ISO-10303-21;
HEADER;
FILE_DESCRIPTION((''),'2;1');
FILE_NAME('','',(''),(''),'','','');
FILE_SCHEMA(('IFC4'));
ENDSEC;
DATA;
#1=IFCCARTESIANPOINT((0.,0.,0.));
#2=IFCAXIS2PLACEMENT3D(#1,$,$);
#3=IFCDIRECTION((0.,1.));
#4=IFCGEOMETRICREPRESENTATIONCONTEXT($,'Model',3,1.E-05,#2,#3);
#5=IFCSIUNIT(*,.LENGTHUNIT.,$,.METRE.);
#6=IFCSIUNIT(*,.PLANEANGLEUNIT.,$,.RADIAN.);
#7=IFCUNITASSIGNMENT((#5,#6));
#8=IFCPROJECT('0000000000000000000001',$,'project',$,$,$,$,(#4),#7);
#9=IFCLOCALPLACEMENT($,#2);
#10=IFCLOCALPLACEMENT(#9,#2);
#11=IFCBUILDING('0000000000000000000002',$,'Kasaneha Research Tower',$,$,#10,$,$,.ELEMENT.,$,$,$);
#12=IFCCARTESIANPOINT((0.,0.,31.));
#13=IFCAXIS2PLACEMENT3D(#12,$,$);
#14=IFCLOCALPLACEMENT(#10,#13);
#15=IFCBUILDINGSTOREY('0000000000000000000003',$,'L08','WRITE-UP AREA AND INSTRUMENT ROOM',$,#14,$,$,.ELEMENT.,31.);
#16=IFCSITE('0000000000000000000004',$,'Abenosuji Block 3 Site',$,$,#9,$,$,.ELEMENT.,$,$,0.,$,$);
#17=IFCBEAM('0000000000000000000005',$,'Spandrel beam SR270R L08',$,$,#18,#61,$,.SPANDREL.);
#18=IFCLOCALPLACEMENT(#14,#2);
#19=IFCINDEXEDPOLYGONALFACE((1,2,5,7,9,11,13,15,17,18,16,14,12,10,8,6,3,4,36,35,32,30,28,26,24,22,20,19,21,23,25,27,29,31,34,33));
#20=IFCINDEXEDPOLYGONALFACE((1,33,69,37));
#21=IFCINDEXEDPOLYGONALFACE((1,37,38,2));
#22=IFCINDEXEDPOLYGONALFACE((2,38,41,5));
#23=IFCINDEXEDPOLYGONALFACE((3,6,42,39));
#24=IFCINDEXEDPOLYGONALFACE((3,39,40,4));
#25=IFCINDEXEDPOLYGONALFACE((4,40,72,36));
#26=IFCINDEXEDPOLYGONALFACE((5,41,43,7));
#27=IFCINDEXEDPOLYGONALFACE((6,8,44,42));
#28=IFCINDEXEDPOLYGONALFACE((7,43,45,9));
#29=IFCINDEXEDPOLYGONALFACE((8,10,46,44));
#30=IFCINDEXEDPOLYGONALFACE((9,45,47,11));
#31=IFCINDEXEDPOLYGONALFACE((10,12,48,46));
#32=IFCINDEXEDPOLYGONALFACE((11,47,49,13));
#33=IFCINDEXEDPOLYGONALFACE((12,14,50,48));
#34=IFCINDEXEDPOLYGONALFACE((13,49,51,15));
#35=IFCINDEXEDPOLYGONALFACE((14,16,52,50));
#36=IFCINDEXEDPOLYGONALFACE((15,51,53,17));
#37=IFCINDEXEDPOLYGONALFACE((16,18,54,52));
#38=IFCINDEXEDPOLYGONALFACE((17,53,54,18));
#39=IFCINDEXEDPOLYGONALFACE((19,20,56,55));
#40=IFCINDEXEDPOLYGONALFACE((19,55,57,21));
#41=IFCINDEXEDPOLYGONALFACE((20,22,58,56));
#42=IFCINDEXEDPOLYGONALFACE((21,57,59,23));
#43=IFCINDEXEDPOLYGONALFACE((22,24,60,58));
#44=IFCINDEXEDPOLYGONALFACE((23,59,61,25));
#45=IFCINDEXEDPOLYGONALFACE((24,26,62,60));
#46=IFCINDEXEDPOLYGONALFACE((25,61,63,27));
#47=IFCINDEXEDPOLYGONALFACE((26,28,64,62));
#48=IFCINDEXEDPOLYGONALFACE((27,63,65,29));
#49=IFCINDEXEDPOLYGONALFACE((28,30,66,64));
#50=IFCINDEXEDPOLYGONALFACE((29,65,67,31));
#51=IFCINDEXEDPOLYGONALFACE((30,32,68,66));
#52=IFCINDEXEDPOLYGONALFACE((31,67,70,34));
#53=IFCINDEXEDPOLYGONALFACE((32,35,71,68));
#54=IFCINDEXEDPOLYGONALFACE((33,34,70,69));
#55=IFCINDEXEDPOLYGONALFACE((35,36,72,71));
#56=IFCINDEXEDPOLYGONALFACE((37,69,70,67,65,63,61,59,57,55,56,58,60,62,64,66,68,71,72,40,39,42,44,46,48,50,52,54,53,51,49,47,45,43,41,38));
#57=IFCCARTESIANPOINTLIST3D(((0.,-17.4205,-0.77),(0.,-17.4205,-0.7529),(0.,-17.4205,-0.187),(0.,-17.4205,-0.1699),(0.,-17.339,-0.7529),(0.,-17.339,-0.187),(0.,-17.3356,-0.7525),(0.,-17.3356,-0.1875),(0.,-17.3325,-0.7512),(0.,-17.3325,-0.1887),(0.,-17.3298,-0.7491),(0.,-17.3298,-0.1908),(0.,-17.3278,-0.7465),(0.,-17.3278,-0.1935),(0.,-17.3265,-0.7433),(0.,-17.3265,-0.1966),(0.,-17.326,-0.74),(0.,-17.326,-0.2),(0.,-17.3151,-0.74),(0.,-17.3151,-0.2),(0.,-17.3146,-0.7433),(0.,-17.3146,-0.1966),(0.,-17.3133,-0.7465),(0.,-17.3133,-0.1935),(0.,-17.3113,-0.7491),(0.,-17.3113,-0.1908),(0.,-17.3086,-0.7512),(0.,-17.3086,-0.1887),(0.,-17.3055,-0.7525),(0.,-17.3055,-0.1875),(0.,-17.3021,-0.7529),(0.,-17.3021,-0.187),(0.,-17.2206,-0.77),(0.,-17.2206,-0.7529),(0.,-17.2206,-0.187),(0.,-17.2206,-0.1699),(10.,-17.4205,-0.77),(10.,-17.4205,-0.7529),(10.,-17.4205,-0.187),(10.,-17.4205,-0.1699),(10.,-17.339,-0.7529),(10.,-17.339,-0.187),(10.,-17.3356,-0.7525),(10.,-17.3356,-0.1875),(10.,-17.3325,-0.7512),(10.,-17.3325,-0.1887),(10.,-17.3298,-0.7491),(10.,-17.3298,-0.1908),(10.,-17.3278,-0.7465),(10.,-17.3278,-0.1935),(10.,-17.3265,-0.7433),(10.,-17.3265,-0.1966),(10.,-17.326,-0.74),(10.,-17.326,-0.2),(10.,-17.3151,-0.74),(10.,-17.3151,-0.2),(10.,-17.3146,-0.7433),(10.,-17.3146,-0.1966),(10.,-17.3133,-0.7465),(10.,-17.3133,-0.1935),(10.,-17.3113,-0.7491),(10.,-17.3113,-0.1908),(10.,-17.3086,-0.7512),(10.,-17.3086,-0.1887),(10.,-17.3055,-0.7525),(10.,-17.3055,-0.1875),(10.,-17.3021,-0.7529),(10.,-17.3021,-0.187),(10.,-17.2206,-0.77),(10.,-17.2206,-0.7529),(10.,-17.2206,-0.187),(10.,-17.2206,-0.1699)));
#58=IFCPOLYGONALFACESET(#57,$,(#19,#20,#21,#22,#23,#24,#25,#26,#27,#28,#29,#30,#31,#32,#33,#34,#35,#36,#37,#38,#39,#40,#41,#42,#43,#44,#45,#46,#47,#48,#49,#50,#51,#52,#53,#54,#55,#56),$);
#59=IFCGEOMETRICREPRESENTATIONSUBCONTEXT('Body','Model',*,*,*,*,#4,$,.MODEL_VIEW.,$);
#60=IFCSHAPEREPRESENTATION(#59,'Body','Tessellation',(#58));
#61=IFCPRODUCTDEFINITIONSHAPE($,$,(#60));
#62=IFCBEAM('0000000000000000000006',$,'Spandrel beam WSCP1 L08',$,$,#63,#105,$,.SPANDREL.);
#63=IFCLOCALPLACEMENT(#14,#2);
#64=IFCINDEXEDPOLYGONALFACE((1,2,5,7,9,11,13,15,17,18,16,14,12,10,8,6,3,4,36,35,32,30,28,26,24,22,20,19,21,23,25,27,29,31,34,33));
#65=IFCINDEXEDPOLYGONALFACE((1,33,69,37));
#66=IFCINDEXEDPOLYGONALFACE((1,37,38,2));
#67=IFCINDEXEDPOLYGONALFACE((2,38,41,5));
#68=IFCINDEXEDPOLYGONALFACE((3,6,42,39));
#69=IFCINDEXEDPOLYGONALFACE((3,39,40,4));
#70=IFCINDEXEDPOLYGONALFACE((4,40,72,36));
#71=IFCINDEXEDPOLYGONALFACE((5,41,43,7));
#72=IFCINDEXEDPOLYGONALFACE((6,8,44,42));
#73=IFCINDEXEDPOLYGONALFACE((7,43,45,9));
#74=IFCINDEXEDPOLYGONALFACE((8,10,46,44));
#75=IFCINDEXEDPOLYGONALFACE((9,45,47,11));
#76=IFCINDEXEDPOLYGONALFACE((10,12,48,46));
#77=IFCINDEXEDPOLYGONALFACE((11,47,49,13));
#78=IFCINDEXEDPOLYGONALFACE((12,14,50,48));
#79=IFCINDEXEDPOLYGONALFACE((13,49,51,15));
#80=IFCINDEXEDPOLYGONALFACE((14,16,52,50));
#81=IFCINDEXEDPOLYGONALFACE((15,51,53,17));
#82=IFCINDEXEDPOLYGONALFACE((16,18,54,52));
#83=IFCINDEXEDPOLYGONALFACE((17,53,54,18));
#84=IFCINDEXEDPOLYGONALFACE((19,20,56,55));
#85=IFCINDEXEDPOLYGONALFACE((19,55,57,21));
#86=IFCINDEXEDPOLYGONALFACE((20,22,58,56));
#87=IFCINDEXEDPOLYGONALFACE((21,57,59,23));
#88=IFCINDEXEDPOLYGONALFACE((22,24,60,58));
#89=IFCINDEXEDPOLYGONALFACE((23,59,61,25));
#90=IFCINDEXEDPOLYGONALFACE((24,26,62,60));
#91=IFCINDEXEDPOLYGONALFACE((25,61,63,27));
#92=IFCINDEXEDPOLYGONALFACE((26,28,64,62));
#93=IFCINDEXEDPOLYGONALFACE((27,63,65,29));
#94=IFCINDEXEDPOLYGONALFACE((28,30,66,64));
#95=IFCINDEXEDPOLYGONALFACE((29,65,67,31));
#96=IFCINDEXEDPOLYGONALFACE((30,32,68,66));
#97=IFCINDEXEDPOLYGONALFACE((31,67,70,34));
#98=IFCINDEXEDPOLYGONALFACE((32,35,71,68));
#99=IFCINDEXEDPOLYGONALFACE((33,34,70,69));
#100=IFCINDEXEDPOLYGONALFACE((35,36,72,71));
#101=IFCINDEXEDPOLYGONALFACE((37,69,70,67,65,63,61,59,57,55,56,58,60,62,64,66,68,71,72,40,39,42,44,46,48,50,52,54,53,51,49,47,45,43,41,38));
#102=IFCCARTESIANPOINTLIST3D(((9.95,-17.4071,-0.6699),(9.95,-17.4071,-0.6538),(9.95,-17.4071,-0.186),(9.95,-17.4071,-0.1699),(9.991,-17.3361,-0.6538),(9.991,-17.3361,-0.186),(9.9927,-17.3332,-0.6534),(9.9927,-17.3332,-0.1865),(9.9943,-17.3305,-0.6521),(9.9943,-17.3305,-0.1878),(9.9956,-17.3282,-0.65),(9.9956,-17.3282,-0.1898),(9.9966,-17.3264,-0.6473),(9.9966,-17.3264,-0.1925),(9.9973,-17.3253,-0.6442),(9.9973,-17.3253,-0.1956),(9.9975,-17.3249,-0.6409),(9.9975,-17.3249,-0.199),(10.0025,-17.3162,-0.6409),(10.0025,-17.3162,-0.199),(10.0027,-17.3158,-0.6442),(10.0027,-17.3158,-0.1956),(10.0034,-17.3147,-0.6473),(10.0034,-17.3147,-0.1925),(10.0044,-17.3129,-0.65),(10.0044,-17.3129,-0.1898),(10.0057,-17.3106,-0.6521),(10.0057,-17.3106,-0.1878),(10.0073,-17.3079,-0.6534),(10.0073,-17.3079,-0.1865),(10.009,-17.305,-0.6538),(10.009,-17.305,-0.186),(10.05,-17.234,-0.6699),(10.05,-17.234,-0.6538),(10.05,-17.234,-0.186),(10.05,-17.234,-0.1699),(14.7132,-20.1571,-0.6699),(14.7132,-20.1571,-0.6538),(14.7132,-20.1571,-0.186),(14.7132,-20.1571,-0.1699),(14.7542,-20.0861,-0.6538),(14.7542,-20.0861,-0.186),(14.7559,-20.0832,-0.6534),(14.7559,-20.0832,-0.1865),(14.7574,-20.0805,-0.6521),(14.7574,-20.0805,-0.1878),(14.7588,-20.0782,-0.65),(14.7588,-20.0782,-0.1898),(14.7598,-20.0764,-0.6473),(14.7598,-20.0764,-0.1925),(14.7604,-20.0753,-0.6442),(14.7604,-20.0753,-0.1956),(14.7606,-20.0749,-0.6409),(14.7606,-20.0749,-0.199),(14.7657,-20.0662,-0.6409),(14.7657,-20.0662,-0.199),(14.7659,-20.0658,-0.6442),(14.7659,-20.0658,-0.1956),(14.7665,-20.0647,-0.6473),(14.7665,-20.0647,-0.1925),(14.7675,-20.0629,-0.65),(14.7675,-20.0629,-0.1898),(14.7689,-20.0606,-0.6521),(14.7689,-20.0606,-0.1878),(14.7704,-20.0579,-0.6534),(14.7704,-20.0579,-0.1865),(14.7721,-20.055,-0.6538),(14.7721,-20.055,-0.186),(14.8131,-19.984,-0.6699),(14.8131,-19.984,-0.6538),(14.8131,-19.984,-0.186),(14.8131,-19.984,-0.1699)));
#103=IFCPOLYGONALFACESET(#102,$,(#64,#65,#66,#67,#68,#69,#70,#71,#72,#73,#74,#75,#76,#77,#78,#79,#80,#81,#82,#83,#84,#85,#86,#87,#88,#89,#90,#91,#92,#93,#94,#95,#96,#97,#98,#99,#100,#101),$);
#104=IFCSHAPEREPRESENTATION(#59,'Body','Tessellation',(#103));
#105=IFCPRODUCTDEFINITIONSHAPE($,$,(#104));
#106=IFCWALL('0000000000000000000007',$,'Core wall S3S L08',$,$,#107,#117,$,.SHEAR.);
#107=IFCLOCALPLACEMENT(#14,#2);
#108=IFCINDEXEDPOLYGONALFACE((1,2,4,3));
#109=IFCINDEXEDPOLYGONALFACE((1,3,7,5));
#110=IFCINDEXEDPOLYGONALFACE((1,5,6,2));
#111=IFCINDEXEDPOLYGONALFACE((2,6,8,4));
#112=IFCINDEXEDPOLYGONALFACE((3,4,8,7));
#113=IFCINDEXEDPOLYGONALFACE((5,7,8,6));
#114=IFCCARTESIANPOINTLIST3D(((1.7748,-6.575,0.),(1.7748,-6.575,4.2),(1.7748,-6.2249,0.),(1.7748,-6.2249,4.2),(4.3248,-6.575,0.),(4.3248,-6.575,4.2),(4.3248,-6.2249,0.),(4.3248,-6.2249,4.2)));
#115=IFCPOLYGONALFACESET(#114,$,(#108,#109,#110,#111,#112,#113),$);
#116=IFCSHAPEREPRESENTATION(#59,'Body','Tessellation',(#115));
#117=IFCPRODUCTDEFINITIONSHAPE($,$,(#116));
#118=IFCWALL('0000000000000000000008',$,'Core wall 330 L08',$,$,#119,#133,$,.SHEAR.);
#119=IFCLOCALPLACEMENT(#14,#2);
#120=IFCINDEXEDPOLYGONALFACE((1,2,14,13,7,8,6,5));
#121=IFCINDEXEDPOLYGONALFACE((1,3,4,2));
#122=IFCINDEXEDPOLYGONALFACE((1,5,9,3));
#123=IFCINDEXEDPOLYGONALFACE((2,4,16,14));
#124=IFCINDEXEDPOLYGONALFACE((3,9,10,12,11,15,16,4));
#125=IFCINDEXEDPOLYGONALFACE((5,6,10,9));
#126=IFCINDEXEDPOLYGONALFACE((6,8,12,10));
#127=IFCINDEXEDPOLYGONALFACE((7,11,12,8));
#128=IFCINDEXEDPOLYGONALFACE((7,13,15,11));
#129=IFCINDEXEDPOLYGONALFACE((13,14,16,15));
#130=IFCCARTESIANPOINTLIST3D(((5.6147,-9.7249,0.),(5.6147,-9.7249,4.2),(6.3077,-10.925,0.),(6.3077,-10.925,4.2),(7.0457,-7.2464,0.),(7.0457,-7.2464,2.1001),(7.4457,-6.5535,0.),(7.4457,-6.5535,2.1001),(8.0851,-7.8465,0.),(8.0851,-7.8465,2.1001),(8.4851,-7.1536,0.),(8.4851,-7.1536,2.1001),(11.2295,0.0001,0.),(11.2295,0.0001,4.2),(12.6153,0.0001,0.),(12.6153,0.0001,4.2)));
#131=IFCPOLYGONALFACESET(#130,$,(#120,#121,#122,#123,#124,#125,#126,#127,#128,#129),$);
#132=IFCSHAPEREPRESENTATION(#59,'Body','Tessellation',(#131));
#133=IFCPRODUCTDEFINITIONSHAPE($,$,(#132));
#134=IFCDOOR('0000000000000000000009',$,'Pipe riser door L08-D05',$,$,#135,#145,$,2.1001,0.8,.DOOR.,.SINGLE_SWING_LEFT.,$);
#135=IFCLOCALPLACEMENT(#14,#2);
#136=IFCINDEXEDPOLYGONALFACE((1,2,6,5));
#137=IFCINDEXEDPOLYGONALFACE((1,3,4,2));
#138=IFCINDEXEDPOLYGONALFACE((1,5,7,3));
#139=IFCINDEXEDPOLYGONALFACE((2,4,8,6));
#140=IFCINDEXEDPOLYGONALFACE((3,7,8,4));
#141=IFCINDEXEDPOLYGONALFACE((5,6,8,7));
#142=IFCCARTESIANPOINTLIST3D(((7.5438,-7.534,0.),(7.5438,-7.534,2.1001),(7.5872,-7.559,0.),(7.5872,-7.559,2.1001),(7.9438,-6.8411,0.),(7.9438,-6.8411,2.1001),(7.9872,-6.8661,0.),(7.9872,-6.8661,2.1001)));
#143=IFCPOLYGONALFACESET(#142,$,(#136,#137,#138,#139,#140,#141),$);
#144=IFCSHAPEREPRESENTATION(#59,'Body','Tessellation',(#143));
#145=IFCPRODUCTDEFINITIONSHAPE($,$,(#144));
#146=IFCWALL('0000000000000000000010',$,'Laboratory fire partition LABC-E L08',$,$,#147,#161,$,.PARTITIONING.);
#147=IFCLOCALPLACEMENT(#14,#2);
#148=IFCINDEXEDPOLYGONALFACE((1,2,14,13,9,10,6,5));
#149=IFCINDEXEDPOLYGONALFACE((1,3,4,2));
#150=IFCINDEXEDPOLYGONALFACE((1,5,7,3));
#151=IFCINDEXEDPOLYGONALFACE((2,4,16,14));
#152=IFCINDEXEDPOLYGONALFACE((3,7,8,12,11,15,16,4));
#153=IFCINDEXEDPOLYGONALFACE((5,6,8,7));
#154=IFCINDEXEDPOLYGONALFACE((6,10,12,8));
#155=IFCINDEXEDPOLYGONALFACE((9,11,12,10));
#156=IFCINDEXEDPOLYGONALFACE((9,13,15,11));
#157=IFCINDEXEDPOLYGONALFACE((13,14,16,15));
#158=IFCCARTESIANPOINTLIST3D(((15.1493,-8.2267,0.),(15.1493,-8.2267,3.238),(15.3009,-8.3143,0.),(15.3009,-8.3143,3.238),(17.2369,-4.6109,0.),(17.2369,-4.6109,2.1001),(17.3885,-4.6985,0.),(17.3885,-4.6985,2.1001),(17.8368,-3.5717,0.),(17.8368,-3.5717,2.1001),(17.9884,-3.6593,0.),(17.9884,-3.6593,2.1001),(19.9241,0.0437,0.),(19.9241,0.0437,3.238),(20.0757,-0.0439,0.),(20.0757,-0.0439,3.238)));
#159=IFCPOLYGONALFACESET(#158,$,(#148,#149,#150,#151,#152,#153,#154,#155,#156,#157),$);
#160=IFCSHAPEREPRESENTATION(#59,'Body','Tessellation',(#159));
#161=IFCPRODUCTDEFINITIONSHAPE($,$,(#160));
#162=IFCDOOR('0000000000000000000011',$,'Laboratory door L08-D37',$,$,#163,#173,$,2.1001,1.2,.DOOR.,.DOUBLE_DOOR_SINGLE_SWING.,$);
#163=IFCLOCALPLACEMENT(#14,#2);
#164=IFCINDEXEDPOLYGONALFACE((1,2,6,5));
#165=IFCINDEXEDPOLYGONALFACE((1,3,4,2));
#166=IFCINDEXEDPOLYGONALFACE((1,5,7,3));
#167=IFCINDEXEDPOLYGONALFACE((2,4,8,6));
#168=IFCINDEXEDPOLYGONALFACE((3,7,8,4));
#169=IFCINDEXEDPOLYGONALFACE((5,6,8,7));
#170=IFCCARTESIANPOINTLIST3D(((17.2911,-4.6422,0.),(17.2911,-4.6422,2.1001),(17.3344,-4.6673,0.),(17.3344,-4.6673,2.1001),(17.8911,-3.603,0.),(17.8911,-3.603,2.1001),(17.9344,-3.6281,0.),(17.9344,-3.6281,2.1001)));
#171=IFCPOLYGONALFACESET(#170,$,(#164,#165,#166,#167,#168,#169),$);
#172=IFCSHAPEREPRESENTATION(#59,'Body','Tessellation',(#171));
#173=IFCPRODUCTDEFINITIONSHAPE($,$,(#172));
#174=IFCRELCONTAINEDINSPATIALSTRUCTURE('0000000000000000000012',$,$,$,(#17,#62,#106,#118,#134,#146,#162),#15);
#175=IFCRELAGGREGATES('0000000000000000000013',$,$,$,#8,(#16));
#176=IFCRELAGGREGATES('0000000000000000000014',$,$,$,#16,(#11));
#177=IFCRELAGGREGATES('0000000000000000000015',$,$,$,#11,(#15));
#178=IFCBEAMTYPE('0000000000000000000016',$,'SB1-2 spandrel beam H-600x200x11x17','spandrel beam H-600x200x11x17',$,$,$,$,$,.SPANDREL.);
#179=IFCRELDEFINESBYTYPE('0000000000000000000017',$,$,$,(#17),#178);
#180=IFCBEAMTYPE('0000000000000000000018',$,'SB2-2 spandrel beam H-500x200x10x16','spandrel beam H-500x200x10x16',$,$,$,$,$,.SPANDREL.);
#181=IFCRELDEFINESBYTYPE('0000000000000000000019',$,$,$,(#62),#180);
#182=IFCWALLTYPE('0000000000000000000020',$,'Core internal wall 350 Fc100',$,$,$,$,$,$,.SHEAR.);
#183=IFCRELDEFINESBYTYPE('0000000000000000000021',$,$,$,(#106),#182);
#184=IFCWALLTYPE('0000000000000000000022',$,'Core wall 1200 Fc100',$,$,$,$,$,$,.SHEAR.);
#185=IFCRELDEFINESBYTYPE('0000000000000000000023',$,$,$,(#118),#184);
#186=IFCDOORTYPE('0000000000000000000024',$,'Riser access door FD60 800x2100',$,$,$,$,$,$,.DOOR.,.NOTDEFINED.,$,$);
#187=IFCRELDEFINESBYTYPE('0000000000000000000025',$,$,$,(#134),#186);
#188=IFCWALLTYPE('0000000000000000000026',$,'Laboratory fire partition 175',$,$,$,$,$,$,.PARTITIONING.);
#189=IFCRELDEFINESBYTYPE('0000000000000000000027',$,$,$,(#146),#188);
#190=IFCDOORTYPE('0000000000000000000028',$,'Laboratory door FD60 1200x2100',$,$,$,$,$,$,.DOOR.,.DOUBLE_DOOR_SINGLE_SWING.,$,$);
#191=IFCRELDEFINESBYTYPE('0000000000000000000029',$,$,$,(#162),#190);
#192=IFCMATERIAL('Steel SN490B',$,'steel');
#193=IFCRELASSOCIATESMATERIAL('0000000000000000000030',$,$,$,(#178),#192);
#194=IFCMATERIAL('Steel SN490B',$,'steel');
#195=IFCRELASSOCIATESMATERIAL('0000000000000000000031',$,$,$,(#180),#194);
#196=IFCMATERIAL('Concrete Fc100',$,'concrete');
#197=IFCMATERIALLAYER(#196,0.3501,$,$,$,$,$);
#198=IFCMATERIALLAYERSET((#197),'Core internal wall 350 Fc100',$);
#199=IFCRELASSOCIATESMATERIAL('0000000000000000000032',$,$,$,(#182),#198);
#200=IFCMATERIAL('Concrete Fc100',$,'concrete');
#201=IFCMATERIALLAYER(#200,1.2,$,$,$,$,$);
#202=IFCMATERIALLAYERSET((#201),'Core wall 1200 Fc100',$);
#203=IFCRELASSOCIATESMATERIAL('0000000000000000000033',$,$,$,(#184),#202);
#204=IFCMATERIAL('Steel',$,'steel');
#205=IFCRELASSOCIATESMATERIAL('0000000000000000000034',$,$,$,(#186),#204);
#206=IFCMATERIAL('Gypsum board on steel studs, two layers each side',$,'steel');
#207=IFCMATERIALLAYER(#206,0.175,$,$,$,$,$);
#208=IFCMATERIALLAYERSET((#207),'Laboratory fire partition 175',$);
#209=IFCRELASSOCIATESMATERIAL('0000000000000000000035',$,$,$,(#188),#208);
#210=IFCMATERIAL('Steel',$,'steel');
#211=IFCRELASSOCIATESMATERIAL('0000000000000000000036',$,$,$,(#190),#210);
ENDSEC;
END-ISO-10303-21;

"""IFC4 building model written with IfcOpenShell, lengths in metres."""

from ifc_helpers import new_model, si_unit, direction, frame, frame_2d, origin, origin_2d, place, context, subcontext, project, spatial, polyline, rectangle, i_section, outline, extrude, material, layer, layer_set, material_profile, profile_set, type_object, element, fill, save


model = new_model("IFC4")

# Units and contexts
model_context = context("Model", 3, precision=1e-05, world=origin(), true_north=direction((0.0, 1.0)))
body_context = subcontext(model_context, "Body", "Model", "MODEL_VIEW")
ifc_project = project(units=[si_unit("LENGTHUNIT", "METRE"), si_unit("PLANEANGLEUNIT", "RADIAN")], contexts=[model_context])

# Site, building, storey
site_placement = place(None, origin())
site = spatial("IfcSite", under=ifc_project, at=site_placement, Name="Abenosuji Block 3 Site", CompositionType="ELEMENT", RefElevation=0.0)
building_placement = place(site_placement, origin())
building = spatial("IfcBuilding", under=site, at=building_placement, Name="Kasaneha Research Tower", CompositionType="ELEMENT")
storey_placement = place(building_placement, frame((0.0, 0.0, 31.0)))
storey = spatial("IfcBuildingStorey", under=building, at=storey_placement, Name="L08", Description="WRITE-UP AREA AND INSTRUMENT ROOM", CompositionType="ELEMENT", Elevation=31.0)

# Beams
ifc_material_1 = material(Name="Steel SN490B", Category="steel")
ifc_material_profile_1 = material_profile(ifc_material_1, i_section(OverallWidth=0.2, OverallDepth=0.6001, WebThickness=0.011, FlangeThickness=0.0171, FilletRadius=0.0129, at=origin_2d()), Name="H-600x200x11x17")
ifc_profile_set_1 = profile_set([ifc_material_profile_1], Name="Steel SN490B")
beam_type_1 = type_object("IfcBeamType", Name="SB1-2 spandrel beam H-600x200x11x17", Description="spandrel beam H-600x200x11x17", PredefinedType="SPANDREL", material=ifc_profile_set_1)
beam_1_placement = place(storey_placement, frame((10.0, -17.3206, -0.47), z_axis=(-1.0, 0.0, 0.0), x_axis=(0.0, -1.0, 0.0)))
element("IfcBeam", 1, at=beam_1_placement, inside=storey, type_object=beam_type_1, Name="Spandrel beam SR270R L08", PredefinedType="SPANDREL", context=body_context, shape_type="SweptSolid", body=[
    extrude(i_section(OverallWidth=0.2, OverallDepth=0.6001, WebThickness=0.011, FlangeThickness=0.0171, FilletRadius=0.0129, at=origin_2d()), origin(), (0.0, 0.0, 1.0), 10.0),
])
ifc_material_2 = material(Name="Steel SN490B", Category="steel")
ifc_material_profile_2 = material_profile(ifc_material_2, i_section(OverallWidth=0.2, OverallDepth=0.5, WebThickness=0.01, FlangeThickness=0.0161, FilletRadius=0.0129, at=origin_2d()), Name="H-500x200x10x16")
ifc_profile_set_2 = profile_set([ifc_material_profile_2], Name="Steel SN490B")
beam_type_2 = type_object("IfcBeamType", Name="SB2-2 spandrel beam H-500x200x10x16", Description="spandrel beam H-500x200x10x16", PredefinedType="SPANDREL", material=ifc_profile_set_2)
beam_2_placement = place(storey_placement, frame((10.0, -17.3206, -0.4199), z_axis=(0.866027, -0.499997, 0.0), x_axis=(0.499997, 0.866027, 0.0)))
element("IfcBeam", 2, at=beam_2_placement, inside=storey, type_object=beam_type_2, Name="Spandrel beam WSCP1 L08", PredefinedType="SPANDREL", context=body_context, shape_type="SweptSolid", body=[
    extrude(i_section(OverallWidth=0.2, OverallDepth=0.5, WebThickness=0.01, FlangeThickness=0.0161, FilletRadius=0.0129, at=origin_2d()), origin(), (0.0, 0.0, 1.0), 5.5),
])

# Wall
ifc_material_3 = material(Name="Concrete Fc100", Category="concrete")
ifc_layer_1 = layer(ifc_material_3, 0.3501)
ifc_layer_set_1 = layer_set([ifc_layer_1], Name="Core internal wall 350 Fc100")
wall_type_1 = type_object("IfcWallType", Name="Core internal wall 350 Fc100", PredefinedType="SHEAR", material=ifc_layer_set_1)
wall_1_placement = place(storey_placement, frame((1.7749, -6.3999, 0.0), z_axis=(0.0, 0.0, 1.0), x_axis=(1.0, 0.0, 0.0)))
element("IfcWall", 3, at=wall_1_placement, inside=storey, type_object=wall_type_1, Name="Core wall S3S L08", PredefinedType="SHEAR", context=body_context, shape_type="SweptSolid", body=[
    extrude(rectangle(XDim=2.55, YDim=0.3501, at=frame_2d((1.2749, 0.0))), origin(), (0.0, 0.0, 1.0), 4.2),
])

# Walls, openings, doors
ifc_material_4 = material(Name="Concrete Fc100", Category="concrete")
ifc_layer_2 = layer(ifc_material_4, 1.2)
ifc_layer_set_2 = layer_set([ifc_layer_2], Name="Core wall 1200 Fc100")
wall_type_2 = type_object("IfcWallType", Name="Core wall 1200 Fc100", PredefinedType="SHEAR", material=ifc_layer_set_2)
wall_2_placement = place(storey_placement, frame((5.9612, -10.325, 0.0), z_axis=(0.0, 0.0, 1.0), x_axis=(0.500004, 0.866023, 0.0)))
wall_2 = element("IfcWall", 4, at=wall_2_placement, inside=storey, type_object=wall_type_2, Name="Core wall 330 L08", PredefinedType="SHEAR", context=body_context, shape_type="SweptSolid", body=[
    extrude(outline(polyline([(-0.3464, -0.6001), (3.2085, -0.6001), (4.0085, -0.6001), (12.2688, -0.6001), (11.5759, 0.6001), (4.0085, 0.6001), (3.2085, 0.6001), (0.3464, 0.6001), (-0.3464, -0.6001)])), origin(), (0.0, 0.0, 1.0), 4.2),
])
opening_1_placement = place(wall_2_placement, frame((3.2085, 0.0, 0.0)))
opening_1 = element("IfcOpeningElement", 5, at=opening_1_placement, cuts=wall_2, PredefinedType="OPENING", context=body_context, shape_type="SweptSolid", body=[
    extrude(rectangle(XDim=0.8, YDim=2.1001, at=frame_2d((0.3999, 1.05))), frame((0.0, 0.6099, 0.0), z_axis=(0.0, -1.0, 0.0), x_axis=(1.0, 0.0, 0.0)), (0.0, 0.0, 1.0), 1.22),
])
ifc_material_5 = material(Name="Steel", Category="steel")
door_type_1 = type_object("IfcDoorType", Name="Riser access door FD60 800x2100", OperationType="NOTDEFINED", PredefinedType="DOOR", material=ifc_material_5)
door_1_placement = place(opening_1_placement, origin())
door_1 = element("IfcDoor", 6, at=door_1_placement, inside=storey, type_object=door_type_1, Name="Pipe riser door L08-D05", OperationType="SINGLE_SWING_LEFT", OverallHeight=2.1001, OverallWidth=0.8, PredefinedType="DOOR", context=body_context, shape_type="SweptSolid", body=[
    extrude(rectangle(XDim=0.8, YDim=2.1001, at=frame_2d((0.3999, 1.05))), frame((0.0, 0.0249, 0.0), z_axis=(0.0, -1.0, 0.0), x_axis=(1.0, 0.0, 0.0)), (0.0, 0.0, 1.0), 0.05),
])
fill(opening_1, door_1)
ifc_material_6 = material(Name="Gypsum board on steel studs, two layers each side", Category="steel")
ifc_layer_3 = layer(ifc_material_6, 0.175)
ifc_layer_set_3 = layer_set([ifc_layer_3], Name="Laboratory fire partition 175")
wall_type_3 = type_object("IfcWallType", Name="Laboratory fire partition 175", PredefinedType="PARTITIONING", material=ifc_layer_set_3)
wall_3_placement = place(storey_placement, frame((15.2251, -8.2705, 0.0), z_axis=(0.0, 0.0, 1.0), x_axis=(0.499994, 0.866029, 0.0)))
wall_3 = element("IfcWall", 7, at=wall_3_placement, inside=storey, type_object=wall_type_3, Name="Laboratory fire partition LABC-E L08", PredefinedType="PARTITIONING", context=body_context, shape_type="SweptSolid", body=[
    extrude(rectangle(XDim=9.5498, YDim=0.175, at=frame_2d((4.7749, 0.0))), origin(), (0.0, 0.0, 1.0), 3.238),
])
opening_2_placement = place(wall_3_placement, frame((4.175, 0.0, 0.0)))
opening_2 = element("IfcOpeningElement", 8, at=opening_2_placement, cuts=wall_3, PredefinedType="OPENING", context=body_context, shape_type="SweptSolid", body=[
    extrude(rectangle(XDim=1.2, YDim=2.1001, at=frame_2d((0.6001, 1.05))), frame((0.0, 0.0977, 0.0), z_axis=(0.0, -1.0, 0.0), x_axis=(1.0, 0.0, 0.0)), (0.0, 0.0, 1.0), 0.1951),
])
ifc_material_7 = material(Name="Steel", Category="steel")
door_type_2 = type_object("IfcDoorType", Name="Laboratory door FD60 1200x2100", OperationType="DOUBLE_DOOR_SINGLE_SWING", PredefinedType="DOOR", material=ifc_material_7)
door_2_placement = place(opening_2_placement, origin())
door_2 = element("IfcDoor", 9, at=door_2_placement, inside=storey, type_object=door_type_2, Name="Laboratory door L08-D37", OperationType="DOUBLE_DOOR_SINGLE_SWING", OverallHeight=2.1001, OverallWidth=1.2, PredefinedType="DOOR", context=body_context, shape_type="SweptSolid", body=[
    extrude(rectangle(XDim=1.2, YDim=2.1001, at=frame_2d((0.6001, 1.05))), frame((0.0, 0.0249, 0.0), z_axis=(0.0, -1.0, 0.0), x_axis=(1.0, 0.0, 0.0)), (0.0, 0.0, 1.0), 0.05),
])
fill(opening_2, door_2)

save(model, "model.ifc")
